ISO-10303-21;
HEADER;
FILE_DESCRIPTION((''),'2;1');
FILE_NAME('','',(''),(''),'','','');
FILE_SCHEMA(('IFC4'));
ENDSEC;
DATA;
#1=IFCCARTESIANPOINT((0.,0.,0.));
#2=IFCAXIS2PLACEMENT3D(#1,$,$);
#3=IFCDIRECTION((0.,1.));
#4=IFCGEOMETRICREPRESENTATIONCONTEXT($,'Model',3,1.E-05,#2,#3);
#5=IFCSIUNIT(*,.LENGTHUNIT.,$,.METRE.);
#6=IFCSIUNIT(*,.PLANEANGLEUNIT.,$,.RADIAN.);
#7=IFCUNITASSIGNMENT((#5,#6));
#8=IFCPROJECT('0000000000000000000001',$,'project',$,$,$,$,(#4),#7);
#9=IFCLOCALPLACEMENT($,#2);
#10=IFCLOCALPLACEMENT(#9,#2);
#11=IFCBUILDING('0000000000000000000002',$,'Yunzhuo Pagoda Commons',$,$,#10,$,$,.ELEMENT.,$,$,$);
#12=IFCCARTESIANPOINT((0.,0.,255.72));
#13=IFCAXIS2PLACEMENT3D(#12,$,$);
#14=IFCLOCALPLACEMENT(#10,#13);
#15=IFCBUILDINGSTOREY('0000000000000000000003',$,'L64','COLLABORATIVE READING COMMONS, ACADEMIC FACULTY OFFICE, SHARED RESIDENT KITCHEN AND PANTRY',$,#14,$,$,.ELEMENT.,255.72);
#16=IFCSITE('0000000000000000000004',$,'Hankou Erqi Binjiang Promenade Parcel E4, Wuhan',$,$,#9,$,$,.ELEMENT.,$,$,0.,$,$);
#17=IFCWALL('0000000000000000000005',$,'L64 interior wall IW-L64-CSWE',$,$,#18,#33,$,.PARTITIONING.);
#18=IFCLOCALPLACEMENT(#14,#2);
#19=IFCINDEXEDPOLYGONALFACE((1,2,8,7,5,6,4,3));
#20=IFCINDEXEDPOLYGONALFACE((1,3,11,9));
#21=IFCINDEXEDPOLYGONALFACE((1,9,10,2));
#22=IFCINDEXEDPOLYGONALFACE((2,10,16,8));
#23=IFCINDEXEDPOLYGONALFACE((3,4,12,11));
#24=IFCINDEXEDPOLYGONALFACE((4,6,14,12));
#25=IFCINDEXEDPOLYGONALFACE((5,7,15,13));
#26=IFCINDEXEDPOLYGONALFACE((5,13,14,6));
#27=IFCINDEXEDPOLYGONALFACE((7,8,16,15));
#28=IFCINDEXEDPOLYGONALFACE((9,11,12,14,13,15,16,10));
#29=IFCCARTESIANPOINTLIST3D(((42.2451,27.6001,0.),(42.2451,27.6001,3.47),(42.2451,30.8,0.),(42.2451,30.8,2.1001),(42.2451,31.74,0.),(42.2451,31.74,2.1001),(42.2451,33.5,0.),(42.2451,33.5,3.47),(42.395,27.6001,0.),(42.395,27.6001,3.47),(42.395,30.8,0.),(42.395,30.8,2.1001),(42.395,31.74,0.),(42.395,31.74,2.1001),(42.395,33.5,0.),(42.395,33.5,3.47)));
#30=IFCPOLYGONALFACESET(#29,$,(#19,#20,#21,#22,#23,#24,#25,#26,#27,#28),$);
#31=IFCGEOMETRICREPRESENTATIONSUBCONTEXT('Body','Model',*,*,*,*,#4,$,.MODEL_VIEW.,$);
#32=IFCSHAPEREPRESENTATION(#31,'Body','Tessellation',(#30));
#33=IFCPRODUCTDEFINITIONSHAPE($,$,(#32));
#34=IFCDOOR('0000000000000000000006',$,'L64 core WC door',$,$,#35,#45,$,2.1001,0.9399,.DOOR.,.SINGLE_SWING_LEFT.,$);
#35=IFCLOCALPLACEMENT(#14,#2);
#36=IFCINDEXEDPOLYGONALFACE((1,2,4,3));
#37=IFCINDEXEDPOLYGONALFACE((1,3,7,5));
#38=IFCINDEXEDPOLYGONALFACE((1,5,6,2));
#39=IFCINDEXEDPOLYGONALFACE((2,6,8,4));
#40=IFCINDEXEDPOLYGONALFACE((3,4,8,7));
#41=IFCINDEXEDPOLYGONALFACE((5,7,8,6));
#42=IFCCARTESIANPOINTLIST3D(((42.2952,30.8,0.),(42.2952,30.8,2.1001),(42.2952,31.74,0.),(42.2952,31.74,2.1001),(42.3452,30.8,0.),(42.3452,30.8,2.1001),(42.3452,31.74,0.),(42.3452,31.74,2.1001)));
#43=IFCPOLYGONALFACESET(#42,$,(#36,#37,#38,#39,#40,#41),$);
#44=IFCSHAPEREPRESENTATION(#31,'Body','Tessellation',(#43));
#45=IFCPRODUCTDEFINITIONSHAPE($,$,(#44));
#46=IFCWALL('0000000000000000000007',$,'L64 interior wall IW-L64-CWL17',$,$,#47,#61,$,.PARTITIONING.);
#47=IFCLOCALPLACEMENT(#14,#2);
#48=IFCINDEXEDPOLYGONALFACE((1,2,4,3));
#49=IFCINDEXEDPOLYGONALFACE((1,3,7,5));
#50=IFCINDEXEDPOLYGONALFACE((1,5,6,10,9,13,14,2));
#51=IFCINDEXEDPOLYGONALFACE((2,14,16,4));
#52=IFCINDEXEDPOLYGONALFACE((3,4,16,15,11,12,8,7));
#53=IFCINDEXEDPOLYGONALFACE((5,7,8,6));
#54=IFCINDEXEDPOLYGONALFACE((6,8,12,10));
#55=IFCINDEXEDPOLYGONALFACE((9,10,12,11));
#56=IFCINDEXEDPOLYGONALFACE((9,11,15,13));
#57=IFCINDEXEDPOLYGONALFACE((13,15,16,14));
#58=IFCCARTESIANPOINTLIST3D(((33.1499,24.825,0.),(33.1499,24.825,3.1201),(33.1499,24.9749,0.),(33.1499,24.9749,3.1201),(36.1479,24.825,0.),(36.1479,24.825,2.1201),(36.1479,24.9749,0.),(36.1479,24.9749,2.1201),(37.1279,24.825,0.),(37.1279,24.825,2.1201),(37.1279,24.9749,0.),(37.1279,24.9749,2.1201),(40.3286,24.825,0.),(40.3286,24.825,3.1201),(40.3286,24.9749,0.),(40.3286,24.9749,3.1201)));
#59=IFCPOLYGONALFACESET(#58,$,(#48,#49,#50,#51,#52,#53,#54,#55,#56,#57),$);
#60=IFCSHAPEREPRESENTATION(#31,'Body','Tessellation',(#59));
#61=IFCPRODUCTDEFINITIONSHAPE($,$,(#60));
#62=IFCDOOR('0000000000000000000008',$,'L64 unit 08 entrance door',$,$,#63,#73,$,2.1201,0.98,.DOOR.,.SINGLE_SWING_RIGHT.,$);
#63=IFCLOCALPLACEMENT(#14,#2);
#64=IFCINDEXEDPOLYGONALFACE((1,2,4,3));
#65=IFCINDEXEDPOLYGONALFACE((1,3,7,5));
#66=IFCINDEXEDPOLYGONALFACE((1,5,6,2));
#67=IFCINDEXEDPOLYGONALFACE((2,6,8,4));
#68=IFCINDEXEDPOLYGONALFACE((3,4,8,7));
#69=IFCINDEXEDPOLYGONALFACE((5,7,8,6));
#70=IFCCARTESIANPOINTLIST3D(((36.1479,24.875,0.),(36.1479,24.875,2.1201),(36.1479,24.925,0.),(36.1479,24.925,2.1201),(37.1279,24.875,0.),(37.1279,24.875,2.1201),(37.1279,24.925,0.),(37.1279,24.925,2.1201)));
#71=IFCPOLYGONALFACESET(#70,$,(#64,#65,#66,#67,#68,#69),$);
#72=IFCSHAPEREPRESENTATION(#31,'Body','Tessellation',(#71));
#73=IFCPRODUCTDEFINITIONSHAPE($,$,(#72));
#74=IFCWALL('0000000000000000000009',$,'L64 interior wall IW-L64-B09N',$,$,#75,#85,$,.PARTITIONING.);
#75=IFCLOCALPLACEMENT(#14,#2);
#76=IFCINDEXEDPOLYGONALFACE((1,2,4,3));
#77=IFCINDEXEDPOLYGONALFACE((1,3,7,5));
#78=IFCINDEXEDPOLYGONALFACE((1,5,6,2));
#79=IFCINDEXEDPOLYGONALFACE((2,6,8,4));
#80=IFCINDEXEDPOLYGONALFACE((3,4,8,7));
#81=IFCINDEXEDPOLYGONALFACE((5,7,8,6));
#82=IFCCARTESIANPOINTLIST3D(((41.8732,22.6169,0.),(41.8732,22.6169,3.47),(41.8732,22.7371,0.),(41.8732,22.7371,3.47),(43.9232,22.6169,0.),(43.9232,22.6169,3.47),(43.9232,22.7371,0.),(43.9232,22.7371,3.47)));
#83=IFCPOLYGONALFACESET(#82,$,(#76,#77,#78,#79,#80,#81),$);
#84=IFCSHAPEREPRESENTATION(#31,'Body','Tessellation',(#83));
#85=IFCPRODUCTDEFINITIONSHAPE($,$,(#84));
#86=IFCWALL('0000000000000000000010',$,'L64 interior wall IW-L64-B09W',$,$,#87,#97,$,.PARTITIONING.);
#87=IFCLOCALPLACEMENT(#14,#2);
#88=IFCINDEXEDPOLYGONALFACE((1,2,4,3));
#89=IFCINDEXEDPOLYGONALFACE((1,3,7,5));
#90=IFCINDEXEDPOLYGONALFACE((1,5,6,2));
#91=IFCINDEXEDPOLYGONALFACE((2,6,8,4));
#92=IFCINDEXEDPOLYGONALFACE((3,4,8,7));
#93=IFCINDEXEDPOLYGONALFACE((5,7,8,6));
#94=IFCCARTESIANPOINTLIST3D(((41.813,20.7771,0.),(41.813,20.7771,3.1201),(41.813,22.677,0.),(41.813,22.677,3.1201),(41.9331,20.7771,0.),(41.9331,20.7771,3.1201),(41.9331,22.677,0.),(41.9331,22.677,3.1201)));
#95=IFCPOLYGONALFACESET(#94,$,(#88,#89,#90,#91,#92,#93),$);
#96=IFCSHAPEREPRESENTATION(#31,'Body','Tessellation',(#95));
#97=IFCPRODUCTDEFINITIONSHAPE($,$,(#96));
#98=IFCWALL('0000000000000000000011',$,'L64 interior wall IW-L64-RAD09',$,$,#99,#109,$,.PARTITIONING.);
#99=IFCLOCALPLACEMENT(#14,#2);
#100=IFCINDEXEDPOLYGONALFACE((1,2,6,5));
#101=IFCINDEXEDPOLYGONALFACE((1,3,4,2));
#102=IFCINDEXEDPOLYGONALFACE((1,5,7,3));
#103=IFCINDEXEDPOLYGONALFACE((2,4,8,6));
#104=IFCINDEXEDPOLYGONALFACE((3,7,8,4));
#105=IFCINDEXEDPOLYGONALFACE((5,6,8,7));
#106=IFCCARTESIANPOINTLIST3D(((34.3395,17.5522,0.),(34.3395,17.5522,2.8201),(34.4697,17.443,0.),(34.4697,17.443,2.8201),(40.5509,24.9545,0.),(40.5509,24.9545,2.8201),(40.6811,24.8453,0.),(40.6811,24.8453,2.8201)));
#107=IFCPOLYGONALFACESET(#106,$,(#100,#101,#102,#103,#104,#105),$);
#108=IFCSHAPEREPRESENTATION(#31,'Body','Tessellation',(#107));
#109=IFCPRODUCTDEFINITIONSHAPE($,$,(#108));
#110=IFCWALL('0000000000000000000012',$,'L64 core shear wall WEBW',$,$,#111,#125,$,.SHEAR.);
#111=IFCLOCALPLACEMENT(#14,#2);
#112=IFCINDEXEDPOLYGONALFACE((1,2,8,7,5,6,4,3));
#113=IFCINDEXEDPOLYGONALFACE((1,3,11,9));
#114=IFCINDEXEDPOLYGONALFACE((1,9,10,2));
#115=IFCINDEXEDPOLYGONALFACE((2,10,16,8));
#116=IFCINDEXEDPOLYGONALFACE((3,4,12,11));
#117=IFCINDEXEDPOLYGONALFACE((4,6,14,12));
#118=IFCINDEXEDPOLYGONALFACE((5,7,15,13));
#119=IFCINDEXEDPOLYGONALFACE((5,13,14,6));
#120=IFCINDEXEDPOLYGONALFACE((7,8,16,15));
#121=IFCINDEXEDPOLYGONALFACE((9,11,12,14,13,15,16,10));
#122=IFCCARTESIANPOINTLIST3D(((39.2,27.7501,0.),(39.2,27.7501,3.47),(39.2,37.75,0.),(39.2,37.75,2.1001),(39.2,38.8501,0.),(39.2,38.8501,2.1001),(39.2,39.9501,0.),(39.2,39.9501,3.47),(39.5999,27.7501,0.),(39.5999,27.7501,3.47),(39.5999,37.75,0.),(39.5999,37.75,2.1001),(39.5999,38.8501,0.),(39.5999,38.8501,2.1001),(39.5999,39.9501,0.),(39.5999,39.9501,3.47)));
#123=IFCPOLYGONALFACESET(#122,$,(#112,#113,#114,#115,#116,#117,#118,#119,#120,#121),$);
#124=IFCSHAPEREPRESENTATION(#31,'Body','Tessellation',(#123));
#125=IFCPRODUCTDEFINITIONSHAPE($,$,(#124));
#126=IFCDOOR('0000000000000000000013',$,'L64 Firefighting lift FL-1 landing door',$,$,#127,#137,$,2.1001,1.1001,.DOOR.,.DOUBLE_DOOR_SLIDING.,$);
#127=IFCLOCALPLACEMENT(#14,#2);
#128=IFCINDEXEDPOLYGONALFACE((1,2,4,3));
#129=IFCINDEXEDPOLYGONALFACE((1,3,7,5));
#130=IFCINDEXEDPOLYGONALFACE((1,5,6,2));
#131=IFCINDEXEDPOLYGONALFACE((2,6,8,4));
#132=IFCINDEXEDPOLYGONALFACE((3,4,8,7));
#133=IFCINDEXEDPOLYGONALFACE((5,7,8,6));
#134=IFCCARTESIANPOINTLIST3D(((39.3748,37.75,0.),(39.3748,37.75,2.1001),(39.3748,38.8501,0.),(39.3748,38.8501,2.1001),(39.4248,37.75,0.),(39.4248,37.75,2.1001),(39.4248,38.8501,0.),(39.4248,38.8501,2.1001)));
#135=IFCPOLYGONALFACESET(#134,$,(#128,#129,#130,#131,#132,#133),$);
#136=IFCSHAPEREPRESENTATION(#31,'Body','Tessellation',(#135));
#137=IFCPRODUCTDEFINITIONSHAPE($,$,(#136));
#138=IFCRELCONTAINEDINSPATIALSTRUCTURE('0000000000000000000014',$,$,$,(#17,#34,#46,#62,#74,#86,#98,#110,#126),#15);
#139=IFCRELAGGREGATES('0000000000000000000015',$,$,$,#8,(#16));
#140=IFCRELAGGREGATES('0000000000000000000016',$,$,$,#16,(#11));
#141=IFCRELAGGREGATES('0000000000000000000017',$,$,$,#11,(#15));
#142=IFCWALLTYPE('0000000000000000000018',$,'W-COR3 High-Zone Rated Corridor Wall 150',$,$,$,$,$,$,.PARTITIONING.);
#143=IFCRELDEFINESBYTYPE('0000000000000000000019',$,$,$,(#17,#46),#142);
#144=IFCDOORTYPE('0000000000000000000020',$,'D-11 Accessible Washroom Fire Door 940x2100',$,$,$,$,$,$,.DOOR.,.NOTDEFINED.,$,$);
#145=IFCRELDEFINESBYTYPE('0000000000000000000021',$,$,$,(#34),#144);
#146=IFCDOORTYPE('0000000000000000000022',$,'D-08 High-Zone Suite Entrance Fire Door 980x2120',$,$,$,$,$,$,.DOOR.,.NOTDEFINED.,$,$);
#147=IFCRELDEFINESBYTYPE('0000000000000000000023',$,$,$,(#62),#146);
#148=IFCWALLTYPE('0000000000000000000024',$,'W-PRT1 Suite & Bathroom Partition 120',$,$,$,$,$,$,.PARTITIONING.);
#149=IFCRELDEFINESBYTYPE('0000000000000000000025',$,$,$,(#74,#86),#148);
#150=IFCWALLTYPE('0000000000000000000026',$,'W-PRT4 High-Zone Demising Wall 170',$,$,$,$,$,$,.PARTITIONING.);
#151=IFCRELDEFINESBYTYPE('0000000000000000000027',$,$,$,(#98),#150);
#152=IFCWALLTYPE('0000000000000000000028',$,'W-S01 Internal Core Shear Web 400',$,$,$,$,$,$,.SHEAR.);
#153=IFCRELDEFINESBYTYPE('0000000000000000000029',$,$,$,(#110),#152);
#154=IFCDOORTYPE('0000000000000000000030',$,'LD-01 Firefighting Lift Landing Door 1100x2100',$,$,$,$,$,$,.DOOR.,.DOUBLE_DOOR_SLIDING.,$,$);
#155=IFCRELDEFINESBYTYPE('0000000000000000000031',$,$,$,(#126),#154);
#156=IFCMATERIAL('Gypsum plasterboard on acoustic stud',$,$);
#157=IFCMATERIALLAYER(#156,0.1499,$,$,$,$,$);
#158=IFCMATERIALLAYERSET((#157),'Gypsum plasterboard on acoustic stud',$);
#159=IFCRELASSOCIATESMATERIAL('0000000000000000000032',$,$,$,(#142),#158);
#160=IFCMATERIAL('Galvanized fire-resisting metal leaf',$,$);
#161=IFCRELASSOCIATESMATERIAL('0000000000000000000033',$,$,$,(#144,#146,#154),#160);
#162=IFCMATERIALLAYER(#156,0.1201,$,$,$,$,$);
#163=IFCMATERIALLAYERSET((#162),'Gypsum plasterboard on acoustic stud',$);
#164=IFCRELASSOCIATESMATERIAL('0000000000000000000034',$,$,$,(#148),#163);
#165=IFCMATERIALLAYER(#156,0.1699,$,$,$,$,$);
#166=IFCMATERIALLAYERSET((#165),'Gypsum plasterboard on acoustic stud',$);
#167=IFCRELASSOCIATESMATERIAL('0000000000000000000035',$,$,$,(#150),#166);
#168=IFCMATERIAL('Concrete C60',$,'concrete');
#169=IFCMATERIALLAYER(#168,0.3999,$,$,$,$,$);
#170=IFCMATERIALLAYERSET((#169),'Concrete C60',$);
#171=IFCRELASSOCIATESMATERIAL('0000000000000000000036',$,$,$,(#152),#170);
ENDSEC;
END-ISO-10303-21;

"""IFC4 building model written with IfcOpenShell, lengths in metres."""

from ifc_helpers import new_model, si_unit, direction, frame, frame_2d, origin, origin_with_axes, place, context, subcontext, project, spatial, rectangle, extrude, source, transform, mapped, material, layer, layer_set, type_object, element, fill, save


model = new_model("IFC4")

# Units and contexts
model_context = context("Model", 3, precision=1e-05, world=origin(), true_north=direction((0.0, 1.0)))
body_context = subcontext(model_context, "Body", "Model", "MODEL_VIEW")
ifc_project = project(units=[si_unit("LENGTHUNIT", "METRE"), si_unit("PLANEANGLEUNIT", "RADIAN")], contexts=[model_context])

# Site, building, storey
site_placement = place(None, origin())
site = spatial("IfcSite", under=ifc_project, at=site_placement, Name="Hankou Erqi Binjiang Promenade Parcel E4, Wuhan", CompositionType="ELEMENT", RefElevation=0.0)
building_placement = place(site_placement, origin())
building = spatial("IfcBuilding", under=site, at=building_placement, Name="Yunzhuo Pagoda Commons", CompositionType="ELEMENT")
storey_placement = place(building_placement, frame((0.0, 0.0, 255.72)))
storey = spatial("IfcBuildingStorey", under=building, at=storey_placement, Name="L64", Description="COLLABORATIVE READING COMMONS, ACADEMIC FACULTY OFFICE, SHARED RESIDENT KITCHEN AND PANTRY", CompositionType="ELEMENT", Elevation=255.72)

# Walls, openings, doors
ifc_material_1 = material(Name="Gypsum plasterboard on acoustic stud")
ifc_layer_1 = layer(ifc_material_1, 0.1499)
ifc_layer_set_1 = layer_set([ifc_layer_1], Name="Gypsum plasterboard on acoustic stud")
wall_type_1 = type_object("IfcWallType", Name="W-COR3 High-Zone Rated Corridor Wall 150", PredefinedType="PARTITIONING", material=ifc_layer_set_1)
wall_1_placement = place(storey_placement, frame((42.3201, 27.6001, 0.0), z_axis=(0.0, 0.0, 1.0), x_axis=(0.0, 1.0, 0.0)))
wall_1 = element("IfcWall", 1, at=wall_1_placement, inside=storey, type_object=wall_type_1, Name="L64 interior wall IW-L64-CSWE", PredefinedType="PARTITIONING", context=body_context, shape_type="SweptSolid", body=[
    extrude(rectangle(XDim=5.8999, YDim=0.1499, at=frame_2d((2.95, 0.0))), origin(), (0.0, 0.0, 1.0), 3.47),
])
opening_1_placement = place(wall_1_placement, frame((3.2, 0.0, 0.0)))
opening_1 = element("IfcOpeningElement", 2, at=opening_1_placement, cuts=wall_1, PredefinedType="OPENING", context=body_context, shape_type="SweptSolid", body=[
    extrude(rectangle(XDim=0.9399, YDim=2.1001, at=frame_2d((0.47, 1.05))), frame((0.0, 0.085, 0.0), z_axis=(0.0, -1.0, 0.0), x_axis=(1.0, 0.0, 0.0)), (0.0, 0.0, 1.0), 0.1699),
])
ifc_material_2 = material(Name="Galvanized fire-resisting metal leaf")
door_type_1 = type_object("IfcDoorType", Name="D-11 Accessible Washroom Fire Door 940x2100", OperationType="NOTDEFINED", PredefinedType="DOOR", material=ifc_material_2)
shared_shape_1 = source(origin(), body_context, "Body", "SweptSolid", [
    extrude(rectangle(XDim=0.9399, YDim=2.1001, at=frame_2d((0.47, 1.05))), frame((0.0, 0.0249, 0.0), z_axis=(0.0, -1.0, 0.0), x_axis=(1.0, 0.0, 0.0)), (0.0, 0.0, 1.0), 0.05),
])
door_1_placement = place(opening_1_placement, origin_with_axes())
door_1 = element("IfcDoor", 3, at=door_1_placement, inside=storey, type_object=door_type_1, Name="L64 core WC door", OperationType="SINGLE_SWING_LEFT", OverallHeight=2.1001, OverallWidth=0.9399, PredefinedType="DOOR", context=body_context, shape_type="MappedRepresentation", body=[
    mapped(shared_shape_1, transform((0.0, 0.0, 0.0), scale=1.0)),
])
fill(opening_1, door_1)
door_type_2 = type_object("IfcDoorType", Name="D-08 High-Zone Suite Entrance Fire Door 980x2120", OperationType="NOTDEFINED", PredefinedType="DOOR", material=ifc_material_2)
shared_shape_2 = source(origin(), body_context, "Body", "SweptSolid", [
    extrude(rectangle(XDim=0.98, YDim=2.1201, at=frame_2d((0.49, 1.0601))), frame((0.0, 0.0249, 0.0), z_axis=(0.0, -1.0, 0.0), x_axis=(1.0, 0.0, 0.0)), (0.0, 0.0, 1.0), 0.05),
])
wall_2_placement = place(storey_placement, frame((40.3286, 24.8999, 0.0), z_axis=(0.0, 0.0, 1.0), x_axis=(-1.0, 0.0, 0.0)))
wall_2 = element("IfcWall", 4, at=wall_2_placement, inside=storey, type_object=wall_type_1, Name="L64 interior wall IW-L64-CWL17", PredefinedType="PARTITIONING", context=body_context, shape_type="SweptSolid", body=[
    extrude(rectangle(XDim=7.1787, YDim=0.1499, at=frame_2d((3.5894, 0.0))), origin(), (0.0, 0.0, 1.0), 3.1201),
])
opening_2_placement = place(wall_2_placement, frame((3.2007, 0.0, 0.0)))
opening_2 = element("IfcOpeningElement", 5, at=opening_2_placement, cuts=wall_2, PredefinedType="OPENING", context=body_context, shape_type="SweptSolid", body=[
    extrude(rectangle(XDim=0.98, YDim=2.1201, at=frame_2d((0.49, 1.0601))), frame((0.0, 0.085, 0.0), z_axis=(0.0, -1.0, 0.0), x_axis=(1.0, 0.0, 0.0)), (0.0, 0.0, 1.0), 0.1699),
])
door_2_placement = place(opening_2_placement, origin_with_axes())
door_2 = element("IfcDoor", 6, at=door_2_placement, inside=storey, type_object=door_type_2, Name="L64 unit 08 entrance door", OperationType="SINGLE_SWING_RIGHT", OverallHeight=2.1201, OverallWidth=0.98, PredefinedType="DOOR", context=body_context, shape_type="MappedRepresentation", body=[
    mapped(shared_shape_2, transform((0.0, 0.0, 0.0), scale=1.0)),
])
fill(opening_2, door_2)

# Walls
ifc_layer_2 = layer(ifc_material_1, 0.1201)
ifc_layer_set_2 = layer_set([ifc_layer_2], Name="Gypsum plasterboard on acoustic stud")
wall_type_2 = type_object("IfcWallType", Name="W-PRT1 Suite & Bathroom Partition 120", PredefinedType="PARTITIONING", material=ifc_layer_set_2)
wall_3_placement = place(storey_placement, frame((43.9231, 22.677, 0.0), z_axis=(0.0, 0.0, 1.0), x_axis=(-1.0, 0.0, 0.0)))
element("IfcWall", 7, at=wall_3_placement, inside=storey, type_object=wall_type_2, Name="L64 interior wall IW-L64-B09N", PredefinedType="PARTITIONING", context=body_context, shape_type="SweptSolid", body=[
    extrude(rectangle(XDim=2.05, YDim=0.1201, at=frame_2d((1.0249, 0.0))), origin(), (0.0, 0.0, 1.0), 3.47),
])
wall_4_placement = place(storey_placement, frame((41.873, 22.677, 0.0), z_axis=(0.0, 0.0, 1.0), x_axis=(0.0, -1.0, 0.0)))
element("IfcWall", 8, at=wall_4_placement, inside=storey, type_object=wall_type_2, Name="L64 interior wall IW-L64-B09W", PredefinedType="PARTITIONING", context=body_context, shape_type="SweptSolid", body=[
    extrude(rectangle(XDim=1.8999, YDim=0.1201, at=frame_2d((0.95, 0.0))), origin(), (0.0, 0.0, 1.0), 3.1201),
])
ifc_layer_3 = layer(ifc_material_1, 0.1699)
ifc_layer_set_3 = layer_set([ifc_layer_3], Name="Gypsum plasterboard on acoustic stud")
wall_type_3 = type_object("IfcWallType", Name="W-PRT4 High-Zone Demising Wall 170", PredefinedType="PARTITIONING", material=ifc_layer_set_3)
wall_5_placement = place(storey_placement, frame((40.616, 24.8999, 0.0), z_axis=(0.0, 0.0, 1.0), x_axis=(-0.642795, -0.766038, 0.0)))
element("IfcWall", 9, at=wall_5_placement, inside=storey, type_object=wall_type_3, Name="L64 interior wall IW-L64-RAD09", PredefinedType="PARTITIONING", context=body_context, shape_type="SweptSolid", body=[
    extrude(rectangle(XDim=9.6631, YDim=0.1699, at=frame_2d((4.8315, 0.0))), origin(), (0.0, 0.0, 1.0), 2.8201),
])

# Wall, opening, door
ifc_material_3 = material(Name="Concrete C60", Category="concrete")
ifc_layer_4 = layer(ifc_material_3, 0.3999)
ifc_layer_set_4 = layer_set([ifc_layer_4], Name="Concrete C60")
wall_type_4 = type_object("IfcWallType", Name="W-S01 Internal Core Shear Web 400", PredefinedType="SHEAR", material=ifc_layer_set_4)
wall_6_placement = place(storey_placement, frame((39.3999, 27.75, 0.0), z_axis=(0.0, 0.0, 1.0), x_axis=(0.0, 1.0, 0.0)))
wall_6 = element("IfcWall", 10, at=wall_6_placement, inside=storey, type_object=wall_type_4, Name="L64 core shear wall WEBW", PredefinedType="SHEAR", context=body_context, shape_type="SweptSolid", body=[
    extrude(rectangle(XDim=12.2, YDim=0.3999, at=frame_2d((6.1001, 0.0))), origin(), (0.0, 0.0, 1.0), 3.47),
])
opening_3_placement = place(wall_6_placement, frame((10.0, 0.0, 0.0)))
opening_3 = element("IfcOpeningElement", 11, at=opening_3_placement, cuts=wall_6, PredefinedType="OPENING", context=body_context, shape_type="SweptSolid", body=[
    extrude(rectangle(XDim=1.1001, YDim=2.1001, at=frame_2d((0.55, 1.05))), frame((0.0, 0.21, 0.0), z_axis=(0.0, -1.0, 0.0), x_axis=(1.0, 0.0, 0.0)), (0.0, 0.0, 1.0), 0.4199),
])
door_type_3 = type_object("IfcDoorType", Name="LD-01 Firefighting Lift Landing Door 1100x2100", OperationType="DOUBLE_DOOR_SLIDING", PredefinedType="DOOR", material=ifc_material_2)
shared_shape_3 = source(origin(), body_context, "Body", "SweptSolid", [
    extrude(rectangle(XDim=1.1001, YDim=2.1001, at=frame_2d((0.55, 1.05))), frame((0.0, 0.0249, 0.0), z_axis=(0.0, -1.0, 0.0), x_axis=(1.0, 0.0, 0.0)), (0.0, 0.0, 1.0), 0.05),
])
door_3_placement = place(opening_3_placement, frame((1.1001, 0.0, 0.0), z_axis=(0.0, 0.0, 1.0), x_axis=(-1.0, 0.0, 0.0)))
door_3 = element("IfcDoor", 12, at=door_3_placement, inside=storey, type_object=door_type_3, Name="L64 Firefighting lift FL-1 landing door", OperationType="DOUBLE_DOOR_SLIDING", OverallHeight=2.1001, OverallWidth=1.1001, PredefinedType="DOOR", context=body_context, shape_type="MappedRepresentation", body=[
    mapped(shared_shape_3, transform((0.0, 0.0, 0.0), scale=1.0)),
])
fill(opening_3, door_3)

save(model, "model.ifc")
